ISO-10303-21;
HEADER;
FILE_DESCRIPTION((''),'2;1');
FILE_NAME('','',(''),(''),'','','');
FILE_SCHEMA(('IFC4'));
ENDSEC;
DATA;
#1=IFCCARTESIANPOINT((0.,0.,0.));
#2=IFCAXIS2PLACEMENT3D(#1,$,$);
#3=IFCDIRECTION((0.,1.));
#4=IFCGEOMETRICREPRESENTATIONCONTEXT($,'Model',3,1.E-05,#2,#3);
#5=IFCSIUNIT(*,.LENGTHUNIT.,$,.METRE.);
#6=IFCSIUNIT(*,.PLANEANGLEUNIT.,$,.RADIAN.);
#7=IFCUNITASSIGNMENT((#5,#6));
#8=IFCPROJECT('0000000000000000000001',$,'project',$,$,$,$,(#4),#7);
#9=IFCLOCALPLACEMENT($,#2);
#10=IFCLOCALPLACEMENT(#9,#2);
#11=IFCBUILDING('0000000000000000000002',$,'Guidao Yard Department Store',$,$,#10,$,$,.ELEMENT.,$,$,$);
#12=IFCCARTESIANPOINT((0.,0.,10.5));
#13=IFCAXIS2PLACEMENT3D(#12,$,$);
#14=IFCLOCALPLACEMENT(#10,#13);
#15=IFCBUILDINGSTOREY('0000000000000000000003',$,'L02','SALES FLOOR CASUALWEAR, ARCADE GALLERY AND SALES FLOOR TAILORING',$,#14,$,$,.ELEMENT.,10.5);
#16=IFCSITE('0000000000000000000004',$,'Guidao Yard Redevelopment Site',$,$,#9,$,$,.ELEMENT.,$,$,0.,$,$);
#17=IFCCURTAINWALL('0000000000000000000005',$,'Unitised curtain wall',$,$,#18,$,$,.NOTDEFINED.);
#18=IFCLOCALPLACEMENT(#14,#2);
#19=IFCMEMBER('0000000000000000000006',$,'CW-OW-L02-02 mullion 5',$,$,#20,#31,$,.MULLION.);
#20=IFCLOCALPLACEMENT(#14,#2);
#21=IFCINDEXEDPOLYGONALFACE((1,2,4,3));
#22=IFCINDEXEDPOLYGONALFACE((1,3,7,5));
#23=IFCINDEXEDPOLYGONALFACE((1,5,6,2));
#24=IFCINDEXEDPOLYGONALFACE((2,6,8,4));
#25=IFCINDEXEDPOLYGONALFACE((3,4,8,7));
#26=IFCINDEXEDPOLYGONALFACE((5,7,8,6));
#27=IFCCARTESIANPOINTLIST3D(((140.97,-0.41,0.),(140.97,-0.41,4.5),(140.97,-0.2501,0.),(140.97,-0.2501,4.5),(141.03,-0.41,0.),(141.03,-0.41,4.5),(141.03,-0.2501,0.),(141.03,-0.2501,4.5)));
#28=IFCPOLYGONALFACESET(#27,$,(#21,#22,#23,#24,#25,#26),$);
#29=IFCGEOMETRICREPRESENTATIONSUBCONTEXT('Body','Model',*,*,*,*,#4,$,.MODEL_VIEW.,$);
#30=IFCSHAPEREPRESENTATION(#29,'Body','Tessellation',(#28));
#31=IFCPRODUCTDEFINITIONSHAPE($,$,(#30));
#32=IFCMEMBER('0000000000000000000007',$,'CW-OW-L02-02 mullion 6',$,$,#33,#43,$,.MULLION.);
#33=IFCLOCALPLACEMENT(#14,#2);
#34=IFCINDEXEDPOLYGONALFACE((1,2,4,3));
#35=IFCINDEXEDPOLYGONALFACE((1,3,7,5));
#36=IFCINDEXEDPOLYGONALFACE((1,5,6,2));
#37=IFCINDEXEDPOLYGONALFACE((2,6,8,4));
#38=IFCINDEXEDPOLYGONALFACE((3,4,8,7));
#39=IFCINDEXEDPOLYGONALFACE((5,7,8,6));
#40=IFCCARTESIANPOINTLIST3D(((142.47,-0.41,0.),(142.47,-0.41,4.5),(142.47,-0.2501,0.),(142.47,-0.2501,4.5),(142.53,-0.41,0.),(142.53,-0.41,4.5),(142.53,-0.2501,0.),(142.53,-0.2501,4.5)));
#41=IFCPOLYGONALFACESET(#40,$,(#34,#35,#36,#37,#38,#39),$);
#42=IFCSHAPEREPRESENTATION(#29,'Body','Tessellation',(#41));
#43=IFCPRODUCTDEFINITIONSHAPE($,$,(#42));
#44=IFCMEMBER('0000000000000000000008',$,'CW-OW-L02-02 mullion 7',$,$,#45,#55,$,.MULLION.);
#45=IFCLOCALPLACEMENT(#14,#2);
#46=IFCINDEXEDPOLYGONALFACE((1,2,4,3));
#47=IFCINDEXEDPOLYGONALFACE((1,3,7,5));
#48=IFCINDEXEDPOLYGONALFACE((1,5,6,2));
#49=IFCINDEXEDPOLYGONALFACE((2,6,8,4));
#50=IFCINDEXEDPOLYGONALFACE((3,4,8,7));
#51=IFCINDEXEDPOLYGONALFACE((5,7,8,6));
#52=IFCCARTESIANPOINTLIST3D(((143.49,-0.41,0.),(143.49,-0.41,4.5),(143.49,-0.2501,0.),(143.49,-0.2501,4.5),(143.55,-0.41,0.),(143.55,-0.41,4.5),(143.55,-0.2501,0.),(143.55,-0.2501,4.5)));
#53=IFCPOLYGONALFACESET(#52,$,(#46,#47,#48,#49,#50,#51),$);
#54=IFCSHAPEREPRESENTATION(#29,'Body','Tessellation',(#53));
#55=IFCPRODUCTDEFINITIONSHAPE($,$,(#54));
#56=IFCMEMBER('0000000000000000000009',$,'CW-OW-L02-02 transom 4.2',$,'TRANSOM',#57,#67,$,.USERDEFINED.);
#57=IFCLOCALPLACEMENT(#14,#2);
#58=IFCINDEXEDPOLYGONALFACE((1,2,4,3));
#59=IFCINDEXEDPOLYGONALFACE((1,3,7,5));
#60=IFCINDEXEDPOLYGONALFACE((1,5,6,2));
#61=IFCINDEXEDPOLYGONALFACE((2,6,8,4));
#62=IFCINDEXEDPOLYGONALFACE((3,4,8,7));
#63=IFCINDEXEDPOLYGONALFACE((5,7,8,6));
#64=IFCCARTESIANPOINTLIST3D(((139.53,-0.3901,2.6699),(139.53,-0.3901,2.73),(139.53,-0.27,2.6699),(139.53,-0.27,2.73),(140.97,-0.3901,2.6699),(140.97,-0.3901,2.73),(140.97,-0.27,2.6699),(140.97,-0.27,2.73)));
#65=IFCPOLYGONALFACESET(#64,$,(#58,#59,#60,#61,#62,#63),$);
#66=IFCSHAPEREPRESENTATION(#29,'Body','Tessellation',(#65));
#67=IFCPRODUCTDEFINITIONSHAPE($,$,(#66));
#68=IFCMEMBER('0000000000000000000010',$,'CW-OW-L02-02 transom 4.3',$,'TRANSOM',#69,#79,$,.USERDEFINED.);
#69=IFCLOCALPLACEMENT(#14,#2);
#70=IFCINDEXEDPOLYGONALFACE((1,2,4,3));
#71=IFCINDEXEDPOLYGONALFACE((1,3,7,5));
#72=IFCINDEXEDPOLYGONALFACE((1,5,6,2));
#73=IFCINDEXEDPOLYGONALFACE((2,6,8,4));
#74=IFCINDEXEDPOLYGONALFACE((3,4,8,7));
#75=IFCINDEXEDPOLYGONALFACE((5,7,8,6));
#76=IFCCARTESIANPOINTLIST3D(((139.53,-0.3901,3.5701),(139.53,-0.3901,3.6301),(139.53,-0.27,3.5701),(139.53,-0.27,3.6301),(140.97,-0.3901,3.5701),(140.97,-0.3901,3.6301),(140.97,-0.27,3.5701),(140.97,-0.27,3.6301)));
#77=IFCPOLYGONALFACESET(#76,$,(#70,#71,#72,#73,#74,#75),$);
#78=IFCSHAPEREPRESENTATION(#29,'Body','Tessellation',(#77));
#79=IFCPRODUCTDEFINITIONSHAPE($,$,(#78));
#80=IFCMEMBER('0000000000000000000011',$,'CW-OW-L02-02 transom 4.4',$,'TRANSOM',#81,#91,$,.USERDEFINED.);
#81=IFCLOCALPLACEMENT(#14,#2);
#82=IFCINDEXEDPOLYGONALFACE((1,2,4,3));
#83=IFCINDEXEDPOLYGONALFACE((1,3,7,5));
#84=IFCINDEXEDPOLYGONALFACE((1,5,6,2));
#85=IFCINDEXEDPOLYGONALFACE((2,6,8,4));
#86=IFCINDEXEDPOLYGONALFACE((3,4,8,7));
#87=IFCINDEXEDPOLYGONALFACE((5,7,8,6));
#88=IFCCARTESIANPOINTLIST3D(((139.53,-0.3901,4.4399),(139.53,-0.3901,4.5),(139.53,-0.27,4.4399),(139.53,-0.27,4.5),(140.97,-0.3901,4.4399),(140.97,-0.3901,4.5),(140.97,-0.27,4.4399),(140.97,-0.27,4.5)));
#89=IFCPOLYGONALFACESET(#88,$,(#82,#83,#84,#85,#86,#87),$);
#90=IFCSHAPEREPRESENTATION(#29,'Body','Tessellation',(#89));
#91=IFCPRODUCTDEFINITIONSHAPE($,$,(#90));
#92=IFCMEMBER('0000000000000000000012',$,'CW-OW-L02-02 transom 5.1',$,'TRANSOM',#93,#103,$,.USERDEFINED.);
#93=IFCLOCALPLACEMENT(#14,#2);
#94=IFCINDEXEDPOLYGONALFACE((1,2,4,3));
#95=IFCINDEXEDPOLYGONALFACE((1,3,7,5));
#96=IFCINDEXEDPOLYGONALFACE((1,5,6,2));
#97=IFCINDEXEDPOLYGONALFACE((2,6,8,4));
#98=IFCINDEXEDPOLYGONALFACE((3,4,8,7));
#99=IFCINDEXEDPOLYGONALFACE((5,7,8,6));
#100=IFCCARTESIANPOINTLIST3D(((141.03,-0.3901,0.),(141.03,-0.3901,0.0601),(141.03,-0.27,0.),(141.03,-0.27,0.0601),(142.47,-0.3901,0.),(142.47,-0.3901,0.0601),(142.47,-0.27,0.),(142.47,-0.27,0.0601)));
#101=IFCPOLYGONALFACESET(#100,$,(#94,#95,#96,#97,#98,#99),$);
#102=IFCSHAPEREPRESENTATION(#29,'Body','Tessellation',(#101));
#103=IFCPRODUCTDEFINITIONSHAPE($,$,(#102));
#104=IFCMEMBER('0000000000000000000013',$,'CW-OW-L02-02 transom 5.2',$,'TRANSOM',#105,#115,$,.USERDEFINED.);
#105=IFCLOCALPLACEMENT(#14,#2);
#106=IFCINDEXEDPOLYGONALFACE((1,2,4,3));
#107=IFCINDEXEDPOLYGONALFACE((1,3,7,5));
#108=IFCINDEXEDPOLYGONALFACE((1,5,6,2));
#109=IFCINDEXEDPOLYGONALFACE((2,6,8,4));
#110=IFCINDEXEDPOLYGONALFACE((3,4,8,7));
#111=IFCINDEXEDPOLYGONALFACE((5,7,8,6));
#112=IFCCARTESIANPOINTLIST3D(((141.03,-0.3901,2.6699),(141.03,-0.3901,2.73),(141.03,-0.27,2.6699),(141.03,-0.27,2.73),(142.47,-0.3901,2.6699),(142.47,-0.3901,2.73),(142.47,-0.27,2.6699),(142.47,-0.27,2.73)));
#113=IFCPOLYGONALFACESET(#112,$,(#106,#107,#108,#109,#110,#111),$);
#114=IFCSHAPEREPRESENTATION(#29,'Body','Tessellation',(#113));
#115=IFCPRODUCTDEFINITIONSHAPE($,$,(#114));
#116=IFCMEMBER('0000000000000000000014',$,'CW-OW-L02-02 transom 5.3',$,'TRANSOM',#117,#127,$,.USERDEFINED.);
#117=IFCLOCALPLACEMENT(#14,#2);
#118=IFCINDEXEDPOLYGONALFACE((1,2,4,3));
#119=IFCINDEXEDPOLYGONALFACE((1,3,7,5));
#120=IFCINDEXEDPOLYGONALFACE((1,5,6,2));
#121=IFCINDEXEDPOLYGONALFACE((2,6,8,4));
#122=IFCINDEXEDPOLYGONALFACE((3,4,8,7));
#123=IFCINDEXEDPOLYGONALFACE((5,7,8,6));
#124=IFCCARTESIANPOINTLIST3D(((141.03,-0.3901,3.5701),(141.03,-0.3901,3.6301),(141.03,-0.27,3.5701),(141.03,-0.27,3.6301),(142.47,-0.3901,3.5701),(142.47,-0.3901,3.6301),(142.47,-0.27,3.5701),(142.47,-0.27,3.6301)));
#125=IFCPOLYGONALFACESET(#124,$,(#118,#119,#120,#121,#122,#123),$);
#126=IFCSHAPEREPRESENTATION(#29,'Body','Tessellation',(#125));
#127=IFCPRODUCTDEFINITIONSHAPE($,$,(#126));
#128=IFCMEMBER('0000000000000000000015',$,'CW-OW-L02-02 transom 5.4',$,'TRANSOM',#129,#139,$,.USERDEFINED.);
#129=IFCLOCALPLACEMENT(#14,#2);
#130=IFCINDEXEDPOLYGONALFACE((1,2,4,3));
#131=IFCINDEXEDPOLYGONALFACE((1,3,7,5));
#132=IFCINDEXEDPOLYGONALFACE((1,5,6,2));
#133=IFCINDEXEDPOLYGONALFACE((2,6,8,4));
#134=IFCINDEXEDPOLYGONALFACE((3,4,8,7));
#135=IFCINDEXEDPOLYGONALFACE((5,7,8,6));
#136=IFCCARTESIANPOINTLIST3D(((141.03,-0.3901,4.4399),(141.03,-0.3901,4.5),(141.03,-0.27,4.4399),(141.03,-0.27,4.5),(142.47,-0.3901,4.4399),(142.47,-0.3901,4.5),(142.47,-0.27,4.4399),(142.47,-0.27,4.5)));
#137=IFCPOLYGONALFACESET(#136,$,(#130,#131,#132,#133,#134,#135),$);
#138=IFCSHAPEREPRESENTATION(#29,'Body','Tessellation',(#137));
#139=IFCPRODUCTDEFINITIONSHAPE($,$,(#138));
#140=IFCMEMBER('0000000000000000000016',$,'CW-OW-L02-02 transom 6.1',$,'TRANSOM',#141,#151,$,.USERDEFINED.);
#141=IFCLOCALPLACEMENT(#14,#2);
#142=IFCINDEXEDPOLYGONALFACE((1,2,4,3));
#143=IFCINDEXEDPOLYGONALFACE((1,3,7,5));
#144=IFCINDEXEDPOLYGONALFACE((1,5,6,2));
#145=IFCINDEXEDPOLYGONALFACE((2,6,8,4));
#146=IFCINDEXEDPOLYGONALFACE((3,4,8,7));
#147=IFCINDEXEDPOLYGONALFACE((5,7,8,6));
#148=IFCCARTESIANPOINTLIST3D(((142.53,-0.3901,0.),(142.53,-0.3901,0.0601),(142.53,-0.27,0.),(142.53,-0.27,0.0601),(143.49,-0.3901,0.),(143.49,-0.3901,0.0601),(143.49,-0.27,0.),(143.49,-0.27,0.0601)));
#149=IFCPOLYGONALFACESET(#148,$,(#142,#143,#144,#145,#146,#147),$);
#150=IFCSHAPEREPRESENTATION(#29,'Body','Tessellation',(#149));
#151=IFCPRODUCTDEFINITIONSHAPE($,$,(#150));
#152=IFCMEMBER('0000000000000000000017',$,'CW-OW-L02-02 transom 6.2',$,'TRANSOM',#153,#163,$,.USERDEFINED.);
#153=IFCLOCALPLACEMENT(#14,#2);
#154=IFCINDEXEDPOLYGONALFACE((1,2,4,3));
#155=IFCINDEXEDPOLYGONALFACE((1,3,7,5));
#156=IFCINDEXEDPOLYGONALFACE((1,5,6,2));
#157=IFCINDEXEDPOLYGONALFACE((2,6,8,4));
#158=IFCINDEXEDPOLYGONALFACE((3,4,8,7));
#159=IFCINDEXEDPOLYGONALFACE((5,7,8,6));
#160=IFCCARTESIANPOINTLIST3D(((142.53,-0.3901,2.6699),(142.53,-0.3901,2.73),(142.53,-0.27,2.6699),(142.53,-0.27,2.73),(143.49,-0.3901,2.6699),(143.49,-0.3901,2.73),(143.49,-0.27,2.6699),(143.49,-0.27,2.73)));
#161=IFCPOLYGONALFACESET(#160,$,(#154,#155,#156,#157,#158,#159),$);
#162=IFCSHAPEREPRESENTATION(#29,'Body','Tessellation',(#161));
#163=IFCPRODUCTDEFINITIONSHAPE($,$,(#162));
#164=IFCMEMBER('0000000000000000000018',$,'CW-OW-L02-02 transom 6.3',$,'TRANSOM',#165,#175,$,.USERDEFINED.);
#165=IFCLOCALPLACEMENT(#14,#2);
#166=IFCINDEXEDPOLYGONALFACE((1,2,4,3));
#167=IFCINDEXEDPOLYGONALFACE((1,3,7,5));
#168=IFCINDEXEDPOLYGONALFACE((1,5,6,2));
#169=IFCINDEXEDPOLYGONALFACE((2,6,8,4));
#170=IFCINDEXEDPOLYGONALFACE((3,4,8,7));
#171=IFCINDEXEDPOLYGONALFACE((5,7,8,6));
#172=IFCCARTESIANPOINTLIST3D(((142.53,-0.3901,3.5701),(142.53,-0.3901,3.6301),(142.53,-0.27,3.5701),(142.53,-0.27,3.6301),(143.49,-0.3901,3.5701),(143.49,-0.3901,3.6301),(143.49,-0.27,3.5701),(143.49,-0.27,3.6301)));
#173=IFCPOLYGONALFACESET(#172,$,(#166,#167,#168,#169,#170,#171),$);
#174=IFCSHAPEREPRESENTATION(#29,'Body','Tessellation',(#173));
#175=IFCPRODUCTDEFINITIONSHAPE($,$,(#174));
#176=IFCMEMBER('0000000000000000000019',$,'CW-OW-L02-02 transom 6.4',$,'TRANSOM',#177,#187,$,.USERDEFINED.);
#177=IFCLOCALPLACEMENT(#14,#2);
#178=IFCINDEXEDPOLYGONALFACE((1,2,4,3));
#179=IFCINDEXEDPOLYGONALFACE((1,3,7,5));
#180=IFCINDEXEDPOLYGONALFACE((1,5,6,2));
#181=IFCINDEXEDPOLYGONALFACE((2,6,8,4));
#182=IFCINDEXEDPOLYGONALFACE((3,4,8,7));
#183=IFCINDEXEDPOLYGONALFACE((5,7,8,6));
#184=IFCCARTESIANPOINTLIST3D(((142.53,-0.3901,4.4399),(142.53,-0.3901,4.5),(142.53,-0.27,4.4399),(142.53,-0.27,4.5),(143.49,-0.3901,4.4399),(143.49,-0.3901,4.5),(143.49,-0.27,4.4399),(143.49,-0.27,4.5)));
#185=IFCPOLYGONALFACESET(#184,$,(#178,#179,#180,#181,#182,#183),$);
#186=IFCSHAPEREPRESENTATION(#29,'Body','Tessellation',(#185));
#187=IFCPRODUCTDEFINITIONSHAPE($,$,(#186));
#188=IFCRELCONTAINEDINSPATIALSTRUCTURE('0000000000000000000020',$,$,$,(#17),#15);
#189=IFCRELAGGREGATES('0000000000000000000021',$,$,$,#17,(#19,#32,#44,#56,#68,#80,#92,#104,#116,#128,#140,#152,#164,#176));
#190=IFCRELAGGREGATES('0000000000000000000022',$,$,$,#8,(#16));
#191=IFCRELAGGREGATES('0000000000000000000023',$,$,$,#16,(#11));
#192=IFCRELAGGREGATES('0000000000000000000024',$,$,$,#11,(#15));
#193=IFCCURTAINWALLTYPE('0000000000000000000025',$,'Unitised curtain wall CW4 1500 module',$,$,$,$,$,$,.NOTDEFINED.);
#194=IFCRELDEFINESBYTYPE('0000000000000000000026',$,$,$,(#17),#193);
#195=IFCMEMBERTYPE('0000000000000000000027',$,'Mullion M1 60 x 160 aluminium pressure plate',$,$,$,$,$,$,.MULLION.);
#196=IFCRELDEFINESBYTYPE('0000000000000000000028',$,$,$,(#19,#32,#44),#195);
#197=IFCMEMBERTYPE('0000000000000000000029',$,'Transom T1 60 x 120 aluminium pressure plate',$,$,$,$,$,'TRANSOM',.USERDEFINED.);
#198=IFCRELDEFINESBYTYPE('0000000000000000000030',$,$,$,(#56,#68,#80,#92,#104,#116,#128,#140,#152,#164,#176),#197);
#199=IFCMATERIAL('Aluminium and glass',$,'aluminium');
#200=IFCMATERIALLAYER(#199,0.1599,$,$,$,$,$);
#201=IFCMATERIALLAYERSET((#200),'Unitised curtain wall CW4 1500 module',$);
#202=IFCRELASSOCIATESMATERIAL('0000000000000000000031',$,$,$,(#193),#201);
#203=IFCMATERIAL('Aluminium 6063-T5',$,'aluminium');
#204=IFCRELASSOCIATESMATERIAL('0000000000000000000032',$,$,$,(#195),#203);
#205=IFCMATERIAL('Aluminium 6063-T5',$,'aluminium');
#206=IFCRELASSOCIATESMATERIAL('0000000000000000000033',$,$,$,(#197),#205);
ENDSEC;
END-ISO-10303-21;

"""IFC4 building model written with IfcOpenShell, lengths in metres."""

from ifc_helpers import new_model, si_unit, direction, frame, origin, origin_2d, place, context, subcontext, project, spatial, rectangle, extrude, material, layer, layer_set, material_profile, profile_set, type_object, element, aggregate, save


model = new_model("IFC4")

# Units and contexts
model_context = context("Model", 3, precision=1e-05, world=origin(), true_north=direction((0.0, 1.0)))
body_context = subcontext(model_context, "Body", "Model", "MODEL_VIEW")
ifc_project = project(units=[si_unit("LENGTHUNIT", "METRE"), si_unit("PLANEANGLEUNIT", "RADIAN")], contexts=[model_context])

# Site, building, storey
site_placement = place(None, origin())
site = spatial("IfcSite", under=ifc_project, at=site_placement, Name="Guidao Yard Redevelopment Site", CompositionType="ELEMENT", RefElevation=0.0)
building_placement = place(site_placement, origin())
building = spatial("IfcBuilding", under=site, at=building_placement, Name="Guidao Yard Department Store", CompositionType="ELEMENT")
storey_placement = place(building_placement, frame((0.0, 0.0, 10.5)))
storey = spatial("IfcBuildingStorey", under=building, at=storey_placement, Name="L02", Description="SALES FLOOR CASUALWEAR, ARCADE GALLERY AND SALES FLOOR TAILORING", CompositionType="ELEMENT", Elevation=10.5)

# Curtain wall, members
ifc_material_1 = material(Name="Aluminium and glass", Category="aluminium")
ifc_layer_1 = layer(ifc_material_1, 0.1599)
ifc_layer_set_1 = layer_set([ifc_layer_1], Name="Unitised curtain wall CW4 1500 module")
curtain_wall_type = type_object("IfcCurtainWallType", Name="Unitised curtain wall CW4 1500 module", PredefinedType="NOTDEFINED", material=ifc_layer_set_1)
curtain_wall_placement = place(storey_placement, origin())
curtain_wall = element("IfcCurtainWall", 1, at=curtain_wall_placement, inside=storey, type_object=curtain_wall_type, Name="Unitised curtain wall", PredefinedType="NOTDEFINED")
ifc_material_2 = material(Name="Aluminium 6063-T5", Category="aluminium")
ifc_material_profile_1 = material_profile(ifc_material_2, rectangle(XDim=0.0601, YDim=0.1599, at=origin_2d()), Name="Mullion M1 60 x 160 aluminium pressure plate")
ifc_profile_set_1 = profile_set([ifc_material_profile_1], Name="Aluminium 6063-T5")
member_type_1 = type_object("IfcMemberType", Name="Mullion M1 60 x 160 aluminium pressure plate", PredefinedType="MULLION", material=ifc_profile_set_1)
member_1_placement = place(storey_placement, frame((141.0, -0.3301, 0.0), z_axis=(0.0, 0.0, 1.0), x_axis=(-1.0, 0.0, 0.0)))
member_1 = element("IfcMember", 2, at=member_1_placement, type_object=member_type_1, Name="CW-OW-L02-02 mullion 5", PredefinedType="MULLION", context=body_context, shape_type="SweptSolid", body=[
    extrude(rectangle(XDim=0.0601, YDim=0.1599, at=origin_2d()), origin(), (0.0, 0.0, 1.0), 4.5),
])
member_2_placement = place(storey_placement, frame((142.5, -0.3301, 0.0), z_axis=(0.0, 0.0, 1.0), x_axis=(-1.0, 0.0, 0.0)))
member_2 = element("IfcMember", 3, at=member_2_placement, type_object=member_type_1, Name="CW-OW-L02-02 mullion 6", PredefinedType="MULLION", context=body_context, shape_type="SweptSolid", body=[
    extrude(rectangle(XDim=0.0601, YDim=0.1599, at=origin_2d()), origin(), (0.0, 0.0, 1.0), 4.5),
])
member_3_placement = place(storey_placement, frame((143.52, -0.3301, 0.0), z_axis=(0.0, 0.0, 1.0), x_axis=(-1.0, 0.0, 0.0)))
member_3 = element("IfcMember", 4, at=member_3_placement, type_object=member_type_1, Name="CW-OW-L02-02 mullion 7", PredefinedType="MULLION", context=body_context, shape_type="SweptSolid", body=[
    extrude(rectangle(XDim=0.0601, YDim=0.1599, at=origin_2d()), origin(), (0.0, 0.0, 1.0), 4.5),
])
ifc_material_3 = material(Name="Aluminium 6063-T5", Category="aluminium")
ifc_material_profile_2 = material_profile(ifc_material_3, rectangle(XDim=0.1201, YDim=0.0601, at=origin_2d()), Name="Transom T1 60 x 120 aluminium pressure plate")
ifc_profile_set_2 = profile_set([ifc_material_profile_2], Name="Aluminium 6063-T5")
member_type_2 = type_object("IfcMemberType", Name="Transom T1 60 x 120 aluminium pressure plate", ElementType="TRANSOM", PredefinedType="USERDEFINED", material=ifc_profile_set_2)
member_4_placement = place(storey_placement, frame((140.97, -0.3301, 2.7), z_axis=(-1.0, 0.0, 0.0), x_axis=(0.0, -1.0, 0.0)))
member_4 = element("IfcMember", 5, at=member_4_placement, type_object=member_type_2, Name="CW-OW-L02-02 transom 4.2", ObjectType="TRANSOM", PredefinedType="USERDEFINED", context=body_context, shape_type="SweptSolid", body=[
    extrude(rectangle(XDim=0.1201, YDim=0.0601, at=origin_2d()), origin(), (0.0, 0.0, 1.0), 1.4399),
])
member_5_placement = place(storey_placement, frame((140.97, -0.3301, 3.6001), z_axis=(-1.0, 0.0, 0.0), x_axis=(0.0, -1.0, 0.0)))
member_5 = element("IfcMember", 6, at=member_5_placement, type_object=member_type_2, Name="CW-OW-L02-02 transom 4.3", ObjectType="TRANSOM", PredefinedType="USERDEFINED", context=body_context, shape_type="SweptSolid", body=[
    extrude(rectangle(XDim=0.1201, YDim=0.0601, at=origin_2d()), origin(), (0.0, 0.0, 1.0), 1.4399),
])
member_6_placement = place(storey_placement, frame((140.97, -0.3301, 4.47), z_axis=(-1.0, 0.0, 0.0), x_axis=(0.0, -1.0, 0.0)))
member_6 = element("IfcMember", 7, at=member_6_placement, type_object=member_type_2, Name="CW-OW-L02-02 transom 4.4", ObjectType="TRANSOM", PredefinedType="USERDEFINED", context=body_context, shape_type="SweptSolid", body=[
    extrude(rectangle(XDim=0.1201, YDim=0.0601, at=origin_2d()), origin(), (0.0, 0.0, 1.0), 1.4399),
])
member_7_placement = place(storey_placement, frame((142.47, -0.3301, 0.03), z_axis=(-1.0, 0.0, 0.0), x_axis=(0.0, -1.0, 0.0)))
member_7 = element("IfcMember", 8, at=member_7_placement, type_object=member_type_2, Name="CW-OW-L02-02 transom 5.1", ObjectType="TRANSOM", PredefinedType="USERDEFINED", context=body_context, shape_type="SweptSolid", body=[
    extrude(rectangle(XDim=0.1201, YDim=0.0601, at=origin_2d()), origin(), (0.0, 0.0, 1.0), 1.4399),
])
member_8_placement = place(storey_placement, frame((142.47, -0.3301, 2.7), z_axis=(-1.0, 0.0, 0.0), x_axis=(0.0, -1.0, 0.0)))
member_8 = element("IfcMember", 9, at=member_8_placement, type_object=member_type_2, Name="CW-OW-L02-02 transom 5.2", ObjectType="TRANSOM", PredefinedType="USERDEFINED", context=body_context, shape_type="SweptSolid", body=[
    extrude(rectangle(XDim=0.1201, YDim=0.0601, at=origin_2d()), origin(), (0.0, 0.0, 1.0), 1.4399),
])
member_9_placement = place(storey_placement, frame((142.47, -0.3301, 3.6001), z_axis=(-1.0, 0.0, 0.0), x_axis=(0.0, -1.0, 0.0)))
member_9 = element("IfcMember", 10, at=member_9_placement, type_object=member_type_2, Name="CW-OW-L02-02 transom 5.3", ObjectType="TRANSOM", PredefinedType="USERDEFINED", context=body_context, shape_type="SweptSolid", body=[
    extrude(rectangle(XDim=0.1201, YDim=0.0601, at=origin_2d()), origin(), (0.0, 0.0, 1.0), 1.4399),
])
member_10_placement = place(storey_placement, frame((142.47, -0.3301, 4.47), z_axis=(-1.0, 0.0, 0.0), x_axis=(0.0, -1.0, 0.0)))
member_10 = element("IfcMember", 11, at=member_10_placement, type_object=member_type_2, Name="CW-OW-L02-02 transom 5.4", ObjectType="TRANSOM", PredefinedType="USERDEFINED", context=body_context, shape_type="SweptSolid", body=[
    extrude(rectangle(XDim=0.1201, YDim=0.0601, at=origin_2d()), origin(), (0.0, 0.0, 1.0), 1.4399),
])
member_11_placement = place(storey_placement, frame((143.49, -0.3301, 0.03), z_axis=(-1.0, 0.0, 0.0), x_axis=(0.0, -1.0, 0.0)))
member_11 = element("IfcMember", 12, at=member_11_placement, type_object=member_type_2, Name="CW-OW-L02-02 transom 6.1", ObjectType="TRANSOM", PredefinedType="USERDEFINED", context=body_context, shape_type="SweptSolid", body=[
    extrude(rectangle(XDim=0.1201, YDim=0.0601, at=origin_2d()), origin(), (0.0, 0.0, 1.0), 0.96),
])
member_12_placement = place(storey_placement, frame((143.49, -0.3301, 2.7), z_axis=(-1.0, 0.0, 0.0), x_axis=(0.0, -1.0, 0.0)))
member_12 = element("IfcMember", 13, at=member_12_placement, type_object=member_type_2, Name="CW-OW-L02-02 transom 6.2", ObjectType="TRANSOM", PredefinedType="USERDEFINED", context=body_context, shape_type="SweptSolid", body=[
    extrude(rectangle(XDim=0.1201, YDim=0.0601, at=origin_2d()), origin(), (0.0, 0.0, 1.0), 0.96),
])
member_13_placement = place(storey_placement, frame((143.49, -0.3301, 3.6001), z_axis=(-1.0, 0.0, 0.0), x_axis=(0.0, -1.0, 0.0)))
member_13 = element("IfcMember", 14, at=member_13_placement, type_object=member_type_2, Name="CW-OW-L02-02 transom 6.3", ObjectType="TRANSOM", PredefinedType="USERDEFINED", context=body_context, shape_type="SweptSolid", body=[
    extrude(rectangle(XDim=0.1201, YDim=0.0601, at=origin_2d()), origin(), (0.0, 0.0, 1.0), 0.96),
])
member_14_placement = place(storey_placement, frame((143.49, -0.3301, 4.47), z_axis=(-1.0, 0.0, 0.0), x_axis=(0.0, -1.0, 0.0)))
member_14 = element("IfcMember", 15, at=member_14_placement, type_object=member_type_2, Name="CW-OW-L02-02 transom 6.4", ObjectType="TRANSOM", PredefinedType="USERDEFINED", context=body_context, shape_type="SweptSolid", body=[
    extrude(rectangle(XDim=0.1201, YDim=0.0601, at=origin_2d()), origin(), (0.0, 0.0, 1.0), 0.96),
])
aggregate(curtain_wall, [member_1, member_2, member_3, member_4, member_5, member_6, member_7, member_8, member_9, member_10, member_11, member_12, member_13, member_14])

save(model, "model.ifc")
